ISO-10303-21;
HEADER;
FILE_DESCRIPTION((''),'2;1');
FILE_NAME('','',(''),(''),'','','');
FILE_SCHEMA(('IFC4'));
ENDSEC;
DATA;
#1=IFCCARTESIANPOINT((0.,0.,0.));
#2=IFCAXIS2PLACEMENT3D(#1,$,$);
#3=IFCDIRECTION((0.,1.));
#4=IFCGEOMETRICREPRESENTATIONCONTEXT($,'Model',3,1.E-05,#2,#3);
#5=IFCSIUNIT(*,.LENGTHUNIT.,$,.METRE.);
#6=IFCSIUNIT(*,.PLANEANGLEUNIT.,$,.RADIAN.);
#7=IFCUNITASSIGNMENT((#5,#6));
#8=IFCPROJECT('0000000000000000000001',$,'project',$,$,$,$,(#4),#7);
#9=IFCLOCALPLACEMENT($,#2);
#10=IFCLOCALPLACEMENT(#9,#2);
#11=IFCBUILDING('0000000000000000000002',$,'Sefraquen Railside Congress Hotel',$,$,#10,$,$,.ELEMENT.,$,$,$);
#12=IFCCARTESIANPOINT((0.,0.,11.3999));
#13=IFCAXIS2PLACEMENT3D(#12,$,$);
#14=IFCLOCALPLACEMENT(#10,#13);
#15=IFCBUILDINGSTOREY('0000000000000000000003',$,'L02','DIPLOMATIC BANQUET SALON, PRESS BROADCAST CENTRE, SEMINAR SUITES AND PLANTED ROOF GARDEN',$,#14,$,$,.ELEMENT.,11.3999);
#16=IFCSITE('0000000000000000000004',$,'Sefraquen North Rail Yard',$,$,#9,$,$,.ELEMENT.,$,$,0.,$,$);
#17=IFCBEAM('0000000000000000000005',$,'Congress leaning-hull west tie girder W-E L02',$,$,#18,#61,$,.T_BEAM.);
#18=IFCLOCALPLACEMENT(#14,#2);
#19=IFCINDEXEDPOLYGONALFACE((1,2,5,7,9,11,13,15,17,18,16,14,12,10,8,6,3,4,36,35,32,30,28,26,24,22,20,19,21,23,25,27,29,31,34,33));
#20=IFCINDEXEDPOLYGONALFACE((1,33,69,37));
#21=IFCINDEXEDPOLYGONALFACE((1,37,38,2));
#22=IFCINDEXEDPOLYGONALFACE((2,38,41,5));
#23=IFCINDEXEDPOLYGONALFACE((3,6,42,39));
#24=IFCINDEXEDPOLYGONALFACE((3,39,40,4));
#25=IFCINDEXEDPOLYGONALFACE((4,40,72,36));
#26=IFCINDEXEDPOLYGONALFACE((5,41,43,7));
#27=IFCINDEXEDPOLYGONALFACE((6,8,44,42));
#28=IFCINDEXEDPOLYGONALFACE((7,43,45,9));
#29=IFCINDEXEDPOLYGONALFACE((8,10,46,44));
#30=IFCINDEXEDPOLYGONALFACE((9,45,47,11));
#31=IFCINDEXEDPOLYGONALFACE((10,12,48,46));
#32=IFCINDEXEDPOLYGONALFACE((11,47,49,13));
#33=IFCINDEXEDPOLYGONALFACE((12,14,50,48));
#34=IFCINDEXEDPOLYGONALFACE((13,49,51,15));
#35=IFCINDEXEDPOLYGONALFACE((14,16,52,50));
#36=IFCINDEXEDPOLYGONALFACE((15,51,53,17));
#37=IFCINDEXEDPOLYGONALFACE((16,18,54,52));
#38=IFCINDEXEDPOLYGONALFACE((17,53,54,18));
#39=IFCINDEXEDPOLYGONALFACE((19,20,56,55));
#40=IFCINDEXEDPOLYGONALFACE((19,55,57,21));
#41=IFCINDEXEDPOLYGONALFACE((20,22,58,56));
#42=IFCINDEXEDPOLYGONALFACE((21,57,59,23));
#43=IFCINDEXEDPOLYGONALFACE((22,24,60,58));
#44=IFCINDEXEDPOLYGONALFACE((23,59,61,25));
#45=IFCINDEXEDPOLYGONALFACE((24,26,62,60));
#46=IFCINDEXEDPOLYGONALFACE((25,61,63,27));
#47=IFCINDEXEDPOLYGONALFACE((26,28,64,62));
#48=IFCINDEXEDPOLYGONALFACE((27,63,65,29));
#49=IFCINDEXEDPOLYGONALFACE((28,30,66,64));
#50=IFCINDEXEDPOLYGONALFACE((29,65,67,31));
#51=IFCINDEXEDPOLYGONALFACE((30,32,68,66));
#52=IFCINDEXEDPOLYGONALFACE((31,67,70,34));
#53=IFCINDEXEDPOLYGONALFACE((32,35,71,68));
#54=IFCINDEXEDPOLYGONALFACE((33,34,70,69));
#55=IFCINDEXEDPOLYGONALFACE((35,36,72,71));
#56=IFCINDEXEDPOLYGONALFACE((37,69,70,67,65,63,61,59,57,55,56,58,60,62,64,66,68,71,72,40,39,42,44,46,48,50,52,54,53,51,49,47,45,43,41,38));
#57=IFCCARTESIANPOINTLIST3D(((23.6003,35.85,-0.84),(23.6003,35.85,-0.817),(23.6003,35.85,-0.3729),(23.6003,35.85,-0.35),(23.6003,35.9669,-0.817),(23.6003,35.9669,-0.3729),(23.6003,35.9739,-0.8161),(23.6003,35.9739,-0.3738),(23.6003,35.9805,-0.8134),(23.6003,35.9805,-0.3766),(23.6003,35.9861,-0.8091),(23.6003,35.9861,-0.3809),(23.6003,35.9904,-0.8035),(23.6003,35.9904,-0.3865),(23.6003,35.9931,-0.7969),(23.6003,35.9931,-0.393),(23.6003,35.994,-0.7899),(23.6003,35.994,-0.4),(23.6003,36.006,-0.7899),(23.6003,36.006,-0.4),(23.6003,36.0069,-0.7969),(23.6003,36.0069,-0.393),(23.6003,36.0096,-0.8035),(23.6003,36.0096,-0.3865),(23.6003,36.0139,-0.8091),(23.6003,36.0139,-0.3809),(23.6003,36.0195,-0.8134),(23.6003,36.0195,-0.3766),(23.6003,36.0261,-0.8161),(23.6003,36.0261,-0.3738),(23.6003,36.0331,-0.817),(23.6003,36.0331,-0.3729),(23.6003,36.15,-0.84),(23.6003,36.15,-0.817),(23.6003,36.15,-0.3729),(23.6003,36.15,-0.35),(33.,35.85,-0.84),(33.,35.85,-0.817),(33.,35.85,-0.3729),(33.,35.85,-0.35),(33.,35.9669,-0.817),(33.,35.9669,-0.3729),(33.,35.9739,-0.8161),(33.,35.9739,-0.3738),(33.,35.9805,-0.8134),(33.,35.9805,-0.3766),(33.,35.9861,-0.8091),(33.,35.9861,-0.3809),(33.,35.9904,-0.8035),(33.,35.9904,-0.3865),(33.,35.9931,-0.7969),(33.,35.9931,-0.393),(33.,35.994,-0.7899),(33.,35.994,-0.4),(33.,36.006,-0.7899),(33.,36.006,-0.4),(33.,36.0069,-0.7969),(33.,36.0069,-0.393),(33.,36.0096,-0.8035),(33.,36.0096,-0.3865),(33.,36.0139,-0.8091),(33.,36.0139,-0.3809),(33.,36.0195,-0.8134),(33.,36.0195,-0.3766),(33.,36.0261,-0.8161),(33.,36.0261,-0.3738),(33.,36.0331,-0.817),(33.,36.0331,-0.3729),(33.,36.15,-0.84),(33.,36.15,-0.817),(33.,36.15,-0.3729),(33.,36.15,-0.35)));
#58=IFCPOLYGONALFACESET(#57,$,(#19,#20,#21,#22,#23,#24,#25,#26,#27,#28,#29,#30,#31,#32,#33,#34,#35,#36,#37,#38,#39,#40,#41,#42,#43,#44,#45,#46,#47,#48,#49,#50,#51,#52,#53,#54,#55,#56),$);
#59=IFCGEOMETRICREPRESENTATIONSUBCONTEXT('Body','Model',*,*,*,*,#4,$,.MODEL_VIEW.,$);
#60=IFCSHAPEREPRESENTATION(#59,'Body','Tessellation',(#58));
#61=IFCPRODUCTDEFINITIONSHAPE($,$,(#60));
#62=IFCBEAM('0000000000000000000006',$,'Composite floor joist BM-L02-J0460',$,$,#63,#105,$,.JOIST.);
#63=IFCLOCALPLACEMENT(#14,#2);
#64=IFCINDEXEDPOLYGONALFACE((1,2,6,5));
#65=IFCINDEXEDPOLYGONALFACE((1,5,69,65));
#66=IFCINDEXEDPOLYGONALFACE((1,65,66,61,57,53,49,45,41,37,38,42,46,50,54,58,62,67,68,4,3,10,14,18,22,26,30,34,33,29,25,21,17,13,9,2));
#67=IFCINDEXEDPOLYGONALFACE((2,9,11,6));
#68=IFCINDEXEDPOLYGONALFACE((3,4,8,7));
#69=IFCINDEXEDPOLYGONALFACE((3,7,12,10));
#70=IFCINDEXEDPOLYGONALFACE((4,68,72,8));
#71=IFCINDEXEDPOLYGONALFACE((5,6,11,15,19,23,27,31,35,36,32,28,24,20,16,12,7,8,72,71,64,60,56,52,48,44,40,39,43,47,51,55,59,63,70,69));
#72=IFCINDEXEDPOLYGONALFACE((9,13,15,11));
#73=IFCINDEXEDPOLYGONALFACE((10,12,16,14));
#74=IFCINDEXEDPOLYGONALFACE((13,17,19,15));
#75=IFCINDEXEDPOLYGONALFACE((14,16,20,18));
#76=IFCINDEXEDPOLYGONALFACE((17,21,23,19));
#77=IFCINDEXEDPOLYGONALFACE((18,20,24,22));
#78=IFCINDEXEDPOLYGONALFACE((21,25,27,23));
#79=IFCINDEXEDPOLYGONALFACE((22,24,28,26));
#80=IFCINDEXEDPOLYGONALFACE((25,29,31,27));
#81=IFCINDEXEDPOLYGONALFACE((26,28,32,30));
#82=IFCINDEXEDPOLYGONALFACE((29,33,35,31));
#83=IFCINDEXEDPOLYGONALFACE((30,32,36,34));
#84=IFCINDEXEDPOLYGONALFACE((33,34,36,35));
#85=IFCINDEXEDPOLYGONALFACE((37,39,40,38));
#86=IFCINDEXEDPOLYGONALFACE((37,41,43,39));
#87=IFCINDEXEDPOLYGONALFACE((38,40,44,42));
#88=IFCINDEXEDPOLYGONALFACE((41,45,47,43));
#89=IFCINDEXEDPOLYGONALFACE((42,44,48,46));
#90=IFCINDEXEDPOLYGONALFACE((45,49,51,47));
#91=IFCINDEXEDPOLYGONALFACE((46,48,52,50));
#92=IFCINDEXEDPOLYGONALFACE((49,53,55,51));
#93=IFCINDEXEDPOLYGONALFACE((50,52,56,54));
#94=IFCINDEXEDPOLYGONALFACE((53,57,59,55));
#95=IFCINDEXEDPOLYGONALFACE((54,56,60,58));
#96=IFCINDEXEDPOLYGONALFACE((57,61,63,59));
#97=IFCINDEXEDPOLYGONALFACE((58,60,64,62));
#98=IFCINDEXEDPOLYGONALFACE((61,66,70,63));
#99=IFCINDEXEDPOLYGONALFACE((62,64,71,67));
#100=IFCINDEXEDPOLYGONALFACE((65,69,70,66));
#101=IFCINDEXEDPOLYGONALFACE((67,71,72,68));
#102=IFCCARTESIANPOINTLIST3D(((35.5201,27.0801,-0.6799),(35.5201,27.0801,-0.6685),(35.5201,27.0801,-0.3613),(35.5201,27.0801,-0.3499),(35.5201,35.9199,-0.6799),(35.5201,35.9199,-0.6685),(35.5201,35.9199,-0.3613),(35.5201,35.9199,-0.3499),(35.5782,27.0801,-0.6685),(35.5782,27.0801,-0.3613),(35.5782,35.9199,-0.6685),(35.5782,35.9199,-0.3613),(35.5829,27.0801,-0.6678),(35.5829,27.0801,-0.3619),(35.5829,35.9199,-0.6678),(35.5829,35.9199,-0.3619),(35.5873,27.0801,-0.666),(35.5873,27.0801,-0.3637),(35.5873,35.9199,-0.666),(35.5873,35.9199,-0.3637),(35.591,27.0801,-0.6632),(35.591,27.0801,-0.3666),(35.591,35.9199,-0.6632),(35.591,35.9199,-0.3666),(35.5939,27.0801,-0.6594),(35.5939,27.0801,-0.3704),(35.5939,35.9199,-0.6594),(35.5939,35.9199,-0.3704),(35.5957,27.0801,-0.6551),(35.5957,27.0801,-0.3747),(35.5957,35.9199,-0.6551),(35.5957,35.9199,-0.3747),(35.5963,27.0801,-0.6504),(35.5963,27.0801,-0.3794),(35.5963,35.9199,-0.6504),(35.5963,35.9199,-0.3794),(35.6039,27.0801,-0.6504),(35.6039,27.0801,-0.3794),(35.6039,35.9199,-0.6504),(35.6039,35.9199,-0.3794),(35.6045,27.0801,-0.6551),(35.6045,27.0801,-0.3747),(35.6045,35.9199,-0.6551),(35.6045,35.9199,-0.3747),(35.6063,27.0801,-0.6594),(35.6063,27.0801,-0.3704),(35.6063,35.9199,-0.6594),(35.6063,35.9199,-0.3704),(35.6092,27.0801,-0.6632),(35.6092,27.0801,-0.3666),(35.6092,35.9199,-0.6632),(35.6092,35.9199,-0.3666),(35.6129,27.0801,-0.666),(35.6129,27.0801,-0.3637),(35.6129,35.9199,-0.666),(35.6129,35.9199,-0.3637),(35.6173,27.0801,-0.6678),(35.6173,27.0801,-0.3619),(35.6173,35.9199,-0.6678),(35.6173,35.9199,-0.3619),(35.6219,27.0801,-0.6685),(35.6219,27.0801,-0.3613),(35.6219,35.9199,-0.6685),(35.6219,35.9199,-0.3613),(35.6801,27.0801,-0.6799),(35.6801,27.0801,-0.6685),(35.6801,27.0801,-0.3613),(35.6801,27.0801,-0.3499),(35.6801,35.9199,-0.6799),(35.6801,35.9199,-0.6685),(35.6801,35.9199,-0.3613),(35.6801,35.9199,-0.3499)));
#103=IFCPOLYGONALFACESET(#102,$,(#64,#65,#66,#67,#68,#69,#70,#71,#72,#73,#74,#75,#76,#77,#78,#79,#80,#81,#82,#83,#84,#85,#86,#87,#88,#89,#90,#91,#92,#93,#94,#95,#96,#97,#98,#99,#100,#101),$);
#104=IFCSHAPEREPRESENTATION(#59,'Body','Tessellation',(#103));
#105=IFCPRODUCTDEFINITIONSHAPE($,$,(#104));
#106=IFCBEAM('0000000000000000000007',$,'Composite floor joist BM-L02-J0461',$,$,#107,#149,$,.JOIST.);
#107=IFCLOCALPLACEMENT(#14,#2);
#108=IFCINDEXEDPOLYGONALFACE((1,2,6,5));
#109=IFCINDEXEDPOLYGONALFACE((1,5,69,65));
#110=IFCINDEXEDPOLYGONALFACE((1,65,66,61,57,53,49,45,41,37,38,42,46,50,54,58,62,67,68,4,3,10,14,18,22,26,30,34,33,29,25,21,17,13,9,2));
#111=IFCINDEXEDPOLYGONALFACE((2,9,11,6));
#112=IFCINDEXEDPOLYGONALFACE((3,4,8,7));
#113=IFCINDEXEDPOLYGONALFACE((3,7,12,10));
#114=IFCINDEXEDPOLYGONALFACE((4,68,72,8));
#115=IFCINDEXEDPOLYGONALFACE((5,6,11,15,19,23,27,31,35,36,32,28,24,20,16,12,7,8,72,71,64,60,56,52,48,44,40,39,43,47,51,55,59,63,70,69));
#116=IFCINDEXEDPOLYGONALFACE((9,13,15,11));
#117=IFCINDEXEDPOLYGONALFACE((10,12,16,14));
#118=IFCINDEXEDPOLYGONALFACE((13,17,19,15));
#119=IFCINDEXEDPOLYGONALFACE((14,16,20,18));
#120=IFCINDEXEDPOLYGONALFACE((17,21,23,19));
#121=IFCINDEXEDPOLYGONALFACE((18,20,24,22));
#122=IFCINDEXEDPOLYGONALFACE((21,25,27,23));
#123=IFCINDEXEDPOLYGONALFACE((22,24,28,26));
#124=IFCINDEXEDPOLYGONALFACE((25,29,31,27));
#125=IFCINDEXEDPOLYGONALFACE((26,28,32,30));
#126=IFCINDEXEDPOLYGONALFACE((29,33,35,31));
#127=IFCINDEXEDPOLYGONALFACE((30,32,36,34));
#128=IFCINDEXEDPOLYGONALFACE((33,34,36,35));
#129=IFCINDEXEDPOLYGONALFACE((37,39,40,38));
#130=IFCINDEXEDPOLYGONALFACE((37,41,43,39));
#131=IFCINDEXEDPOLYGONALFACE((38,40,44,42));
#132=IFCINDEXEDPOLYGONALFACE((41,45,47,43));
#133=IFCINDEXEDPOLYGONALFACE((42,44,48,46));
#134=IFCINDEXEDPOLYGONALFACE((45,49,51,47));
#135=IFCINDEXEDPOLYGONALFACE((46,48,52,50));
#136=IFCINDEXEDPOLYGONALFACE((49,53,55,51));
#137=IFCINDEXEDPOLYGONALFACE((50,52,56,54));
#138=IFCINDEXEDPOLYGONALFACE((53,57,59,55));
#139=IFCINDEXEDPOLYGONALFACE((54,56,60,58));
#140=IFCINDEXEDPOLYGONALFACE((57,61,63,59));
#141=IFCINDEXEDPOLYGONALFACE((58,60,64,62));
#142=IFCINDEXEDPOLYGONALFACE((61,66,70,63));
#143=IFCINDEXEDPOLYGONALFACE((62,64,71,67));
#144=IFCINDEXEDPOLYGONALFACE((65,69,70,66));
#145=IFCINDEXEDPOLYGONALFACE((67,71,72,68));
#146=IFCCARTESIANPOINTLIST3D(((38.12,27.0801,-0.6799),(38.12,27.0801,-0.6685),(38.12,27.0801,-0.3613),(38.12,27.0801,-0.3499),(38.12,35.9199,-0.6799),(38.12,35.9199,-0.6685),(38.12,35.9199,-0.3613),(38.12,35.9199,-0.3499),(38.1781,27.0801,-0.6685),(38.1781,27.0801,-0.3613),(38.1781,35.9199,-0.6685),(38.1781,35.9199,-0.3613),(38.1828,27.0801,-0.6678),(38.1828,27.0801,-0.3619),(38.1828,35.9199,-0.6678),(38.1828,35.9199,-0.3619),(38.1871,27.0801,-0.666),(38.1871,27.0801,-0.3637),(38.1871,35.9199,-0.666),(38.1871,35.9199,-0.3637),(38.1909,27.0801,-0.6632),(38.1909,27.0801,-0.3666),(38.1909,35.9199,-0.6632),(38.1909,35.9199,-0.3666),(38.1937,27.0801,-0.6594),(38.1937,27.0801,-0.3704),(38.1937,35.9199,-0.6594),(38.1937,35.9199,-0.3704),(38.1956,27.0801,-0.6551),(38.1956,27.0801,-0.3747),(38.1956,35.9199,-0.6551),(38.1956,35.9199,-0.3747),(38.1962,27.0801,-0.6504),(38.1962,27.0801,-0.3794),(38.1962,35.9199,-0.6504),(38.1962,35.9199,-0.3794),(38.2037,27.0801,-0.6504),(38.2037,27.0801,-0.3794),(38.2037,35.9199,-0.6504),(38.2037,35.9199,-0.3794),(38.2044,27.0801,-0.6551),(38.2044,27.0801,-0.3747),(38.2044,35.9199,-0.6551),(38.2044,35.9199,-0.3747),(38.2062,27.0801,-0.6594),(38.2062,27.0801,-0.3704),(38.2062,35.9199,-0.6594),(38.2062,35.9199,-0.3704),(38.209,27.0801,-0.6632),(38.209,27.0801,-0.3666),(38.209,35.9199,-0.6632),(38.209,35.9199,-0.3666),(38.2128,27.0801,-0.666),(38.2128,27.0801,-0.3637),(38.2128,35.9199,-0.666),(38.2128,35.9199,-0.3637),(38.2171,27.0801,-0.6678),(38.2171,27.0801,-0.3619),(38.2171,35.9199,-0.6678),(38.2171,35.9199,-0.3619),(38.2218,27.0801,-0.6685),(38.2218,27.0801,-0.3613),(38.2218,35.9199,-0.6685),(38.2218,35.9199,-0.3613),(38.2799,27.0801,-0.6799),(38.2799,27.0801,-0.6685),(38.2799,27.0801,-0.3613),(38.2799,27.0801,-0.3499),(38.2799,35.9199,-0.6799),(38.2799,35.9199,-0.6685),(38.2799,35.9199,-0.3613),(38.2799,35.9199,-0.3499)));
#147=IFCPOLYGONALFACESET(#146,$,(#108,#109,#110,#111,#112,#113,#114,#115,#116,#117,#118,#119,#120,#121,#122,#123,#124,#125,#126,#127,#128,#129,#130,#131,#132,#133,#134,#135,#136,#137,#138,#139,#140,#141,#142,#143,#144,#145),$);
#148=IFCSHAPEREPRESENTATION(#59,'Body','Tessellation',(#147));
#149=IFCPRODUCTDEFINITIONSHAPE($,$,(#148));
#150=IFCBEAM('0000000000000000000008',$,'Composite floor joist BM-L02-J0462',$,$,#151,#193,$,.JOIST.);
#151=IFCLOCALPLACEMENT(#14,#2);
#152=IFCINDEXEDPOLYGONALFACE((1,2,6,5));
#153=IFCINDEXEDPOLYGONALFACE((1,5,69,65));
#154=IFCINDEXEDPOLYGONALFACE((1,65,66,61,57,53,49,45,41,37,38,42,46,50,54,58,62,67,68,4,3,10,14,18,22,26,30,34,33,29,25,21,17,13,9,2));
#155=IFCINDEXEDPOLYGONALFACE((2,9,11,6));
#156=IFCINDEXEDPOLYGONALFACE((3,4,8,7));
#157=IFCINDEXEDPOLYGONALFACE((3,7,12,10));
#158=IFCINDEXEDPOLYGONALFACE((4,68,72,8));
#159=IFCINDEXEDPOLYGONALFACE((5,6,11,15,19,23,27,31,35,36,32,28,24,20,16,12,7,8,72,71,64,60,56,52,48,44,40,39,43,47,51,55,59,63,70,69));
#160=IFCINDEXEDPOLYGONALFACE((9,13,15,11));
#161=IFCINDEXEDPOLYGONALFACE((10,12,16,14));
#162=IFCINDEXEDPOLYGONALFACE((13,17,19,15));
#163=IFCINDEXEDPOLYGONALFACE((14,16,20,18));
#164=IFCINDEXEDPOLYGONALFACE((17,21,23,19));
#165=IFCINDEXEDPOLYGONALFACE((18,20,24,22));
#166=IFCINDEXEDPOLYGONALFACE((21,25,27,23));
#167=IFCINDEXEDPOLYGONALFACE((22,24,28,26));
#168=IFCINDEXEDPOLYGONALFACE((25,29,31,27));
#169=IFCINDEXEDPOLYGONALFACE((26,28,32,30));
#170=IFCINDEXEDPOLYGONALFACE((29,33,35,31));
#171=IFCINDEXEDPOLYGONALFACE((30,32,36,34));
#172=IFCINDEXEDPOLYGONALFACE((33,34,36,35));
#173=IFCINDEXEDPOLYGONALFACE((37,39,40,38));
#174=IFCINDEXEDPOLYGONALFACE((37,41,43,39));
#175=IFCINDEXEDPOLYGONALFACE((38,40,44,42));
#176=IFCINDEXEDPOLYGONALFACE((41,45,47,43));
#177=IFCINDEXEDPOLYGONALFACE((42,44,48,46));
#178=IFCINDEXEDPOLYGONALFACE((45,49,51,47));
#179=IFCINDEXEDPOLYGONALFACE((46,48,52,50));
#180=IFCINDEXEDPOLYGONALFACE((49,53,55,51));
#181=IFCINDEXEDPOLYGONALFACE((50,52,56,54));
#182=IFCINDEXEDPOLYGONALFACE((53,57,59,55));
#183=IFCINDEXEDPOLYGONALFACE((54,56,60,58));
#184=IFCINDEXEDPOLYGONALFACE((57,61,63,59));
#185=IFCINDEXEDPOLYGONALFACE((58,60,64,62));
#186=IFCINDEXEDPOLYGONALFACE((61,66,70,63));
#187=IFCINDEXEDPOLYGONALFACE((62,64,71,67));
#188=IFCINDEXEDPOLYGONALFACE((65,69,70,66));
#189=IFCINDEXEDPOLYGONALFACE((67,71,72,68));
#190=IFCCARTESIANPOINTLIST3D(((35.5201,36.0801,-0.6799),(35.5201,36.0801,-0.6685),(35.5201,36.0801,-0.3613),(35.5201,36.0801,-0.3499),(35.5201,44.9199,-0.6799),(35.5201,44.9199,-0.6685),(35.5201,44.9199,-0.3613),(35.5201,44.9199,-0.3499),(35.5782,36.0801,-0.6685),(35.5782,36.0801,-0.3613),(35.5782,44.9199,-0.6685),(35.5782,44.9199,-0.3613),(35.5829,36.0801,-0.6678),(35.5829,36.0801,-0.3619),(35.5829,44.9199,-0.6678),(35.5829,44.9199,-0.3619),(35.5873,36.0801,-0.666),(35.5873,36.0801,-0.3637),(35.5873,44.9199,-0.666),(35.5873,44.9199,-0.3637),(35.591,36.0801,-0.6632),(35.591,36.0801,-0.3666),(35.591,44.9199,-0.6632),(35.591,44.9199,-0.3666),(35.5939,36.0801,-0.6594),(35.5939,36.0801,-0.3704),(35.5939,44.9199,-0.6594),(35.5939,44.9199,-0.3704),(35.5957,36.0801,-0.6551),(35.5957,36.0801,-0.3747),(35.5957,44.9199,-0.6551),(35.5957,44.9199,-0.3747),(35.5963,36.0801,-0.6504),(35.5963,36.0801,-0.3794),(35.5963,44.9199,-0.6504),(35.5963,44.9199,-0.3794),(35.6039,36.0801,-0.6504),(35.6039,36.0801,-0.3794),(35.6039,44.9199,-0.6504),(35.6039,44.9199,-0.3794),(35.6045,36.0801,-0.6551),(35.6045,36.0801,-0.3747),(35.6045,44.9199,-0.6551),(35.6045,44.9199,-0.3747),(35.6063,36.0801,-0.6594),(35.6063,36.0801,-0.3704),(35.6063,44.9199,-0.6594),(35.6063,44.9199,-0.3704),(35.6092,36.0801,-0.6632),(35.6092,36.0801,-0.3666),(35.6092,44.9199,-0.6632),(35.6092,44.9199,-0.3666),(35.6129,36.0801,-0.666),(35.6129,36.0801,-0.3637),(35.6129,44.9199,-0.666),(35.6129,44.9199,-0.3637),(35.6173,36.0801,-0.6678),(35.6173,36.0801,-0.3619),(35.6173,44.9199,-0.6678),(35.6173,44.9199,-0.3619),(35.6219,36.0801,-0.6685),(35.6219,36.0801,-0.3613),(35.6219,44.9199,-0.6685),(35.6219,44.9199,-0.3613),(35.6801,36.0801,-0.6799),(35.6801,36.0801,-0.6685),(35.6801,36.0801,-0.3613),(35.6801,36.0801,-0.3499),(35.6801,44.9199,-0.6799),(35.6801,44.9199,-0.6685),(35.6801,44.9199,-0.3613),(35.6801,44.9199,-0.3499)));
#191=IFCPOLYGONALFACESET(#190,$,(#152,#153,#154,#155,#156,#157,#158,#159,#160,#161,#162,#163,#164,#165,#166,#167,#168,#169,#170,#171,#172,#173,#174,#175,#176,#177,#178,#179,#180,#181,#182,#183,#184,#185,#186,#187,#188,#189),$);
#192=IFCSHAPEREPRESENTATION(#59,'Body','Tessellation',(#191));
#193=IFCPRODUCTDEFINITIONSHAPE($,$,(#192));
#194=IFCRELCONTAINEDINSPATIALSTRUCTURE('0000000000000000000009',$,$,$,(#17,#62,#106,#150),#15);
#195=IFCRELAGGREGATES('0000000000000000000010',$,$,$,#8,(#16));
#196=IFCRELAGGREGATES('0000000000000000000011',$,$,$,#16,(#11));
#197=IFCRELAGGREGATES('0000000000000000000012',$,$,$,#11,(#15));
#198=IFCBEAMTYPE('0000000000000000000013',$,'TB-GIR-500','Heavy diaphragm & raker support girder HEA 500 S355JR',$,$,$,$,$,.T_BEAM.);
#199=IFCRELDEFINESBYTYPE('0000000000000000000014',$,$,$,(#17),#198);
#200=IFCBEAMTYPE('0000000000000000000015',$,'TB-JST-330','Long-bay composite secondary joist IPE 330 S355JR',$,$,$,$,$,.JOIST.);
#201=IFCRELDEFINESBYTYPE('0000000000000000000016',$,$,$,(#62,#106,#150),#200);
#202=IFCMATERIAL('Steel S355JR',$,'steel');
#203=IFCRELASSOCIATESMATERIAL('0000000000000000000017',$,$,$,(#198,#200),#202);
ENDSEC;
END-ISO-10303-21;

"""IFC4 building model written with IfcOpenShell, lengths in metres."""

from ifc_helpers import new_model, si_unit, direction, frame, origin, origin_2d, place, context, subcontext, project, spatial, i_section, extrude, material, material_profile, profile_set, type_object, element, save


model = new_model("IFC4")

# Units and contexts
model_context = context("Model", 3, precision=1e-05, world=origin(), true_north=direction((0.0, 1.0)))
body_context = subcontext(model_context, "Body", "Model", "MODEL_VIEW")
ifc_project = project(units=[si_unit("LENGTHUNIT", "METRE"), si_unit("PLANEANGLEUNIT", "RADIAN")], contexts=[model_context])

# Site, building, storey
site_placement = place(None, origin())
site = spatial("IfcSite", under=ifc_project, at=site_placement, Name="Sefraquen North Rail Yard", CompositionType="ELEMENT", RefElevation=0.0)
building_placement = place(site_placement, origin())
building = spatial("IfcBuilding", under=site, at=building_placement, Name="Sefraquen Railside Congress Hotel", CompositionType="ELEMENT")
storey_placement = place(building_placement, frame((0.0, 0.0, 11.3999)))
storey = spatial("IfcBuildingStorey", under=building, at=storey_placement, Name="L02", Description="DIPLOMATIC BANQUET SALON, PRESS BROADCAST CENTRE, SEMINAR SUITES AND PLANTED ROOF GARDEN", CompositionType="ELEMENT", Elevation=11.3999)

# Shared definitions
ifc_material_1 = material(Name="Steel S355JR", Category="steel")

# Beams
ifc_material_profile_1 = material_profile(ifc_material_1, i_section(OverallWidth=0.3, OverallDepth=0.49, WebThickness=0.012, FlangeThickness=0.0229, FilletRadius=0.0271, at=origin_2d()), Name="HEA 500")
ifc_profile_set_1 = profile_set([ifc_material_profile_1], Name="Steel S355JR")
beam_type_1 = type_object("IfcBeamType", Name="TB-GIR-500", Description="Heavy diaphragm & raker support girder HEA 500 S355JR", PredefinedType="T_BEAM", material=ifc_profile_set_1)
for number, where, z_axis, x_axis, name in (
    (1, (23.6003, 36.0, -0.595), (1.0, 0.0, 0.0), (0.0, 1.0, 0.0), "Congress leaning-hull west tie girder W-E L02"),
):
    element("IfcBeam", number, at=place(storey_placement, frame(where, z_axis=z_axis, x_axis=x_axis)), inside=storey, type_object=beam_type_1, Name=name, PredefinedType="T_BEAM", context=body_context, shape_type="SweptSolid", body=[
        extrude(i_section(OverallWidth=0.3, OverallDepth=0.49, WebThickness=0.012, FlangeThickness=0.0229, FilletRadius=0.0271, at=origin_2d()), origin(), (0.0, 0.0, 1.0), 9.3997),
    ])
ifc_material_profile_2 = material_profile(ifc_material_1, i_section(OverallWidth=0.1599, OverallDepth=0.3301, WebThickness=0.0076, FlangeThickness=0.0115, FilletRadius=0.0181, at=origin_2d()), Name="IPE 330")
ifc_profile_set_2 = profile_set([ifc_material_profile_2], Name="Steel S355JR")
beam_type_2 = type_object("IfcBeamType", Name="TB-JST-330", Description="Long-bay composite secondary joist IPE 330 S355JR", PredefinedType="JOIST", material=ifc_profile_set_2)
for number, where, z_axis, x_axis, name in (
    (2, (35.6001, 27.0801, -0.5149), (0.0, 1.0, 0.0), (-1.0, 0.0, 0.0), "Composite floor joist BM-L02-J0460"),
    (3, (38.2, 27.0801, -0.5149), (0.0, 1.0, 0.0), (-1.0, 0.0, 0.0), "Composite floor joist BM-L02-J0461"),
    (4, (35.6001, 36.0801, -0.5149), (0.0, 1.0, 0.0), (-1.0, 0.0, 0.0), "Composite floor joist BM-L02-J0462"),
):
    element("IfcBeam", number, at=place(storey_placement, frame(where, z_axis=z_axis, x_axis=x_axis)), inside=storey, type_object=beam_type_2, Name=name, PredefinedType="JOIST", context=body_context, shape_type="SweptSolid", body=[
        extrude(i_section(OverallWidth=0.1599, OverallDepth=0.3301, WebThickness=0.0076, FlangeThickness=0.0115, FilletRadius=0.0181, at=origin_2d()), origin(), (0.0, 0.0, 1.0), 8.8398),
    ])

save(model, "model.ifc")
